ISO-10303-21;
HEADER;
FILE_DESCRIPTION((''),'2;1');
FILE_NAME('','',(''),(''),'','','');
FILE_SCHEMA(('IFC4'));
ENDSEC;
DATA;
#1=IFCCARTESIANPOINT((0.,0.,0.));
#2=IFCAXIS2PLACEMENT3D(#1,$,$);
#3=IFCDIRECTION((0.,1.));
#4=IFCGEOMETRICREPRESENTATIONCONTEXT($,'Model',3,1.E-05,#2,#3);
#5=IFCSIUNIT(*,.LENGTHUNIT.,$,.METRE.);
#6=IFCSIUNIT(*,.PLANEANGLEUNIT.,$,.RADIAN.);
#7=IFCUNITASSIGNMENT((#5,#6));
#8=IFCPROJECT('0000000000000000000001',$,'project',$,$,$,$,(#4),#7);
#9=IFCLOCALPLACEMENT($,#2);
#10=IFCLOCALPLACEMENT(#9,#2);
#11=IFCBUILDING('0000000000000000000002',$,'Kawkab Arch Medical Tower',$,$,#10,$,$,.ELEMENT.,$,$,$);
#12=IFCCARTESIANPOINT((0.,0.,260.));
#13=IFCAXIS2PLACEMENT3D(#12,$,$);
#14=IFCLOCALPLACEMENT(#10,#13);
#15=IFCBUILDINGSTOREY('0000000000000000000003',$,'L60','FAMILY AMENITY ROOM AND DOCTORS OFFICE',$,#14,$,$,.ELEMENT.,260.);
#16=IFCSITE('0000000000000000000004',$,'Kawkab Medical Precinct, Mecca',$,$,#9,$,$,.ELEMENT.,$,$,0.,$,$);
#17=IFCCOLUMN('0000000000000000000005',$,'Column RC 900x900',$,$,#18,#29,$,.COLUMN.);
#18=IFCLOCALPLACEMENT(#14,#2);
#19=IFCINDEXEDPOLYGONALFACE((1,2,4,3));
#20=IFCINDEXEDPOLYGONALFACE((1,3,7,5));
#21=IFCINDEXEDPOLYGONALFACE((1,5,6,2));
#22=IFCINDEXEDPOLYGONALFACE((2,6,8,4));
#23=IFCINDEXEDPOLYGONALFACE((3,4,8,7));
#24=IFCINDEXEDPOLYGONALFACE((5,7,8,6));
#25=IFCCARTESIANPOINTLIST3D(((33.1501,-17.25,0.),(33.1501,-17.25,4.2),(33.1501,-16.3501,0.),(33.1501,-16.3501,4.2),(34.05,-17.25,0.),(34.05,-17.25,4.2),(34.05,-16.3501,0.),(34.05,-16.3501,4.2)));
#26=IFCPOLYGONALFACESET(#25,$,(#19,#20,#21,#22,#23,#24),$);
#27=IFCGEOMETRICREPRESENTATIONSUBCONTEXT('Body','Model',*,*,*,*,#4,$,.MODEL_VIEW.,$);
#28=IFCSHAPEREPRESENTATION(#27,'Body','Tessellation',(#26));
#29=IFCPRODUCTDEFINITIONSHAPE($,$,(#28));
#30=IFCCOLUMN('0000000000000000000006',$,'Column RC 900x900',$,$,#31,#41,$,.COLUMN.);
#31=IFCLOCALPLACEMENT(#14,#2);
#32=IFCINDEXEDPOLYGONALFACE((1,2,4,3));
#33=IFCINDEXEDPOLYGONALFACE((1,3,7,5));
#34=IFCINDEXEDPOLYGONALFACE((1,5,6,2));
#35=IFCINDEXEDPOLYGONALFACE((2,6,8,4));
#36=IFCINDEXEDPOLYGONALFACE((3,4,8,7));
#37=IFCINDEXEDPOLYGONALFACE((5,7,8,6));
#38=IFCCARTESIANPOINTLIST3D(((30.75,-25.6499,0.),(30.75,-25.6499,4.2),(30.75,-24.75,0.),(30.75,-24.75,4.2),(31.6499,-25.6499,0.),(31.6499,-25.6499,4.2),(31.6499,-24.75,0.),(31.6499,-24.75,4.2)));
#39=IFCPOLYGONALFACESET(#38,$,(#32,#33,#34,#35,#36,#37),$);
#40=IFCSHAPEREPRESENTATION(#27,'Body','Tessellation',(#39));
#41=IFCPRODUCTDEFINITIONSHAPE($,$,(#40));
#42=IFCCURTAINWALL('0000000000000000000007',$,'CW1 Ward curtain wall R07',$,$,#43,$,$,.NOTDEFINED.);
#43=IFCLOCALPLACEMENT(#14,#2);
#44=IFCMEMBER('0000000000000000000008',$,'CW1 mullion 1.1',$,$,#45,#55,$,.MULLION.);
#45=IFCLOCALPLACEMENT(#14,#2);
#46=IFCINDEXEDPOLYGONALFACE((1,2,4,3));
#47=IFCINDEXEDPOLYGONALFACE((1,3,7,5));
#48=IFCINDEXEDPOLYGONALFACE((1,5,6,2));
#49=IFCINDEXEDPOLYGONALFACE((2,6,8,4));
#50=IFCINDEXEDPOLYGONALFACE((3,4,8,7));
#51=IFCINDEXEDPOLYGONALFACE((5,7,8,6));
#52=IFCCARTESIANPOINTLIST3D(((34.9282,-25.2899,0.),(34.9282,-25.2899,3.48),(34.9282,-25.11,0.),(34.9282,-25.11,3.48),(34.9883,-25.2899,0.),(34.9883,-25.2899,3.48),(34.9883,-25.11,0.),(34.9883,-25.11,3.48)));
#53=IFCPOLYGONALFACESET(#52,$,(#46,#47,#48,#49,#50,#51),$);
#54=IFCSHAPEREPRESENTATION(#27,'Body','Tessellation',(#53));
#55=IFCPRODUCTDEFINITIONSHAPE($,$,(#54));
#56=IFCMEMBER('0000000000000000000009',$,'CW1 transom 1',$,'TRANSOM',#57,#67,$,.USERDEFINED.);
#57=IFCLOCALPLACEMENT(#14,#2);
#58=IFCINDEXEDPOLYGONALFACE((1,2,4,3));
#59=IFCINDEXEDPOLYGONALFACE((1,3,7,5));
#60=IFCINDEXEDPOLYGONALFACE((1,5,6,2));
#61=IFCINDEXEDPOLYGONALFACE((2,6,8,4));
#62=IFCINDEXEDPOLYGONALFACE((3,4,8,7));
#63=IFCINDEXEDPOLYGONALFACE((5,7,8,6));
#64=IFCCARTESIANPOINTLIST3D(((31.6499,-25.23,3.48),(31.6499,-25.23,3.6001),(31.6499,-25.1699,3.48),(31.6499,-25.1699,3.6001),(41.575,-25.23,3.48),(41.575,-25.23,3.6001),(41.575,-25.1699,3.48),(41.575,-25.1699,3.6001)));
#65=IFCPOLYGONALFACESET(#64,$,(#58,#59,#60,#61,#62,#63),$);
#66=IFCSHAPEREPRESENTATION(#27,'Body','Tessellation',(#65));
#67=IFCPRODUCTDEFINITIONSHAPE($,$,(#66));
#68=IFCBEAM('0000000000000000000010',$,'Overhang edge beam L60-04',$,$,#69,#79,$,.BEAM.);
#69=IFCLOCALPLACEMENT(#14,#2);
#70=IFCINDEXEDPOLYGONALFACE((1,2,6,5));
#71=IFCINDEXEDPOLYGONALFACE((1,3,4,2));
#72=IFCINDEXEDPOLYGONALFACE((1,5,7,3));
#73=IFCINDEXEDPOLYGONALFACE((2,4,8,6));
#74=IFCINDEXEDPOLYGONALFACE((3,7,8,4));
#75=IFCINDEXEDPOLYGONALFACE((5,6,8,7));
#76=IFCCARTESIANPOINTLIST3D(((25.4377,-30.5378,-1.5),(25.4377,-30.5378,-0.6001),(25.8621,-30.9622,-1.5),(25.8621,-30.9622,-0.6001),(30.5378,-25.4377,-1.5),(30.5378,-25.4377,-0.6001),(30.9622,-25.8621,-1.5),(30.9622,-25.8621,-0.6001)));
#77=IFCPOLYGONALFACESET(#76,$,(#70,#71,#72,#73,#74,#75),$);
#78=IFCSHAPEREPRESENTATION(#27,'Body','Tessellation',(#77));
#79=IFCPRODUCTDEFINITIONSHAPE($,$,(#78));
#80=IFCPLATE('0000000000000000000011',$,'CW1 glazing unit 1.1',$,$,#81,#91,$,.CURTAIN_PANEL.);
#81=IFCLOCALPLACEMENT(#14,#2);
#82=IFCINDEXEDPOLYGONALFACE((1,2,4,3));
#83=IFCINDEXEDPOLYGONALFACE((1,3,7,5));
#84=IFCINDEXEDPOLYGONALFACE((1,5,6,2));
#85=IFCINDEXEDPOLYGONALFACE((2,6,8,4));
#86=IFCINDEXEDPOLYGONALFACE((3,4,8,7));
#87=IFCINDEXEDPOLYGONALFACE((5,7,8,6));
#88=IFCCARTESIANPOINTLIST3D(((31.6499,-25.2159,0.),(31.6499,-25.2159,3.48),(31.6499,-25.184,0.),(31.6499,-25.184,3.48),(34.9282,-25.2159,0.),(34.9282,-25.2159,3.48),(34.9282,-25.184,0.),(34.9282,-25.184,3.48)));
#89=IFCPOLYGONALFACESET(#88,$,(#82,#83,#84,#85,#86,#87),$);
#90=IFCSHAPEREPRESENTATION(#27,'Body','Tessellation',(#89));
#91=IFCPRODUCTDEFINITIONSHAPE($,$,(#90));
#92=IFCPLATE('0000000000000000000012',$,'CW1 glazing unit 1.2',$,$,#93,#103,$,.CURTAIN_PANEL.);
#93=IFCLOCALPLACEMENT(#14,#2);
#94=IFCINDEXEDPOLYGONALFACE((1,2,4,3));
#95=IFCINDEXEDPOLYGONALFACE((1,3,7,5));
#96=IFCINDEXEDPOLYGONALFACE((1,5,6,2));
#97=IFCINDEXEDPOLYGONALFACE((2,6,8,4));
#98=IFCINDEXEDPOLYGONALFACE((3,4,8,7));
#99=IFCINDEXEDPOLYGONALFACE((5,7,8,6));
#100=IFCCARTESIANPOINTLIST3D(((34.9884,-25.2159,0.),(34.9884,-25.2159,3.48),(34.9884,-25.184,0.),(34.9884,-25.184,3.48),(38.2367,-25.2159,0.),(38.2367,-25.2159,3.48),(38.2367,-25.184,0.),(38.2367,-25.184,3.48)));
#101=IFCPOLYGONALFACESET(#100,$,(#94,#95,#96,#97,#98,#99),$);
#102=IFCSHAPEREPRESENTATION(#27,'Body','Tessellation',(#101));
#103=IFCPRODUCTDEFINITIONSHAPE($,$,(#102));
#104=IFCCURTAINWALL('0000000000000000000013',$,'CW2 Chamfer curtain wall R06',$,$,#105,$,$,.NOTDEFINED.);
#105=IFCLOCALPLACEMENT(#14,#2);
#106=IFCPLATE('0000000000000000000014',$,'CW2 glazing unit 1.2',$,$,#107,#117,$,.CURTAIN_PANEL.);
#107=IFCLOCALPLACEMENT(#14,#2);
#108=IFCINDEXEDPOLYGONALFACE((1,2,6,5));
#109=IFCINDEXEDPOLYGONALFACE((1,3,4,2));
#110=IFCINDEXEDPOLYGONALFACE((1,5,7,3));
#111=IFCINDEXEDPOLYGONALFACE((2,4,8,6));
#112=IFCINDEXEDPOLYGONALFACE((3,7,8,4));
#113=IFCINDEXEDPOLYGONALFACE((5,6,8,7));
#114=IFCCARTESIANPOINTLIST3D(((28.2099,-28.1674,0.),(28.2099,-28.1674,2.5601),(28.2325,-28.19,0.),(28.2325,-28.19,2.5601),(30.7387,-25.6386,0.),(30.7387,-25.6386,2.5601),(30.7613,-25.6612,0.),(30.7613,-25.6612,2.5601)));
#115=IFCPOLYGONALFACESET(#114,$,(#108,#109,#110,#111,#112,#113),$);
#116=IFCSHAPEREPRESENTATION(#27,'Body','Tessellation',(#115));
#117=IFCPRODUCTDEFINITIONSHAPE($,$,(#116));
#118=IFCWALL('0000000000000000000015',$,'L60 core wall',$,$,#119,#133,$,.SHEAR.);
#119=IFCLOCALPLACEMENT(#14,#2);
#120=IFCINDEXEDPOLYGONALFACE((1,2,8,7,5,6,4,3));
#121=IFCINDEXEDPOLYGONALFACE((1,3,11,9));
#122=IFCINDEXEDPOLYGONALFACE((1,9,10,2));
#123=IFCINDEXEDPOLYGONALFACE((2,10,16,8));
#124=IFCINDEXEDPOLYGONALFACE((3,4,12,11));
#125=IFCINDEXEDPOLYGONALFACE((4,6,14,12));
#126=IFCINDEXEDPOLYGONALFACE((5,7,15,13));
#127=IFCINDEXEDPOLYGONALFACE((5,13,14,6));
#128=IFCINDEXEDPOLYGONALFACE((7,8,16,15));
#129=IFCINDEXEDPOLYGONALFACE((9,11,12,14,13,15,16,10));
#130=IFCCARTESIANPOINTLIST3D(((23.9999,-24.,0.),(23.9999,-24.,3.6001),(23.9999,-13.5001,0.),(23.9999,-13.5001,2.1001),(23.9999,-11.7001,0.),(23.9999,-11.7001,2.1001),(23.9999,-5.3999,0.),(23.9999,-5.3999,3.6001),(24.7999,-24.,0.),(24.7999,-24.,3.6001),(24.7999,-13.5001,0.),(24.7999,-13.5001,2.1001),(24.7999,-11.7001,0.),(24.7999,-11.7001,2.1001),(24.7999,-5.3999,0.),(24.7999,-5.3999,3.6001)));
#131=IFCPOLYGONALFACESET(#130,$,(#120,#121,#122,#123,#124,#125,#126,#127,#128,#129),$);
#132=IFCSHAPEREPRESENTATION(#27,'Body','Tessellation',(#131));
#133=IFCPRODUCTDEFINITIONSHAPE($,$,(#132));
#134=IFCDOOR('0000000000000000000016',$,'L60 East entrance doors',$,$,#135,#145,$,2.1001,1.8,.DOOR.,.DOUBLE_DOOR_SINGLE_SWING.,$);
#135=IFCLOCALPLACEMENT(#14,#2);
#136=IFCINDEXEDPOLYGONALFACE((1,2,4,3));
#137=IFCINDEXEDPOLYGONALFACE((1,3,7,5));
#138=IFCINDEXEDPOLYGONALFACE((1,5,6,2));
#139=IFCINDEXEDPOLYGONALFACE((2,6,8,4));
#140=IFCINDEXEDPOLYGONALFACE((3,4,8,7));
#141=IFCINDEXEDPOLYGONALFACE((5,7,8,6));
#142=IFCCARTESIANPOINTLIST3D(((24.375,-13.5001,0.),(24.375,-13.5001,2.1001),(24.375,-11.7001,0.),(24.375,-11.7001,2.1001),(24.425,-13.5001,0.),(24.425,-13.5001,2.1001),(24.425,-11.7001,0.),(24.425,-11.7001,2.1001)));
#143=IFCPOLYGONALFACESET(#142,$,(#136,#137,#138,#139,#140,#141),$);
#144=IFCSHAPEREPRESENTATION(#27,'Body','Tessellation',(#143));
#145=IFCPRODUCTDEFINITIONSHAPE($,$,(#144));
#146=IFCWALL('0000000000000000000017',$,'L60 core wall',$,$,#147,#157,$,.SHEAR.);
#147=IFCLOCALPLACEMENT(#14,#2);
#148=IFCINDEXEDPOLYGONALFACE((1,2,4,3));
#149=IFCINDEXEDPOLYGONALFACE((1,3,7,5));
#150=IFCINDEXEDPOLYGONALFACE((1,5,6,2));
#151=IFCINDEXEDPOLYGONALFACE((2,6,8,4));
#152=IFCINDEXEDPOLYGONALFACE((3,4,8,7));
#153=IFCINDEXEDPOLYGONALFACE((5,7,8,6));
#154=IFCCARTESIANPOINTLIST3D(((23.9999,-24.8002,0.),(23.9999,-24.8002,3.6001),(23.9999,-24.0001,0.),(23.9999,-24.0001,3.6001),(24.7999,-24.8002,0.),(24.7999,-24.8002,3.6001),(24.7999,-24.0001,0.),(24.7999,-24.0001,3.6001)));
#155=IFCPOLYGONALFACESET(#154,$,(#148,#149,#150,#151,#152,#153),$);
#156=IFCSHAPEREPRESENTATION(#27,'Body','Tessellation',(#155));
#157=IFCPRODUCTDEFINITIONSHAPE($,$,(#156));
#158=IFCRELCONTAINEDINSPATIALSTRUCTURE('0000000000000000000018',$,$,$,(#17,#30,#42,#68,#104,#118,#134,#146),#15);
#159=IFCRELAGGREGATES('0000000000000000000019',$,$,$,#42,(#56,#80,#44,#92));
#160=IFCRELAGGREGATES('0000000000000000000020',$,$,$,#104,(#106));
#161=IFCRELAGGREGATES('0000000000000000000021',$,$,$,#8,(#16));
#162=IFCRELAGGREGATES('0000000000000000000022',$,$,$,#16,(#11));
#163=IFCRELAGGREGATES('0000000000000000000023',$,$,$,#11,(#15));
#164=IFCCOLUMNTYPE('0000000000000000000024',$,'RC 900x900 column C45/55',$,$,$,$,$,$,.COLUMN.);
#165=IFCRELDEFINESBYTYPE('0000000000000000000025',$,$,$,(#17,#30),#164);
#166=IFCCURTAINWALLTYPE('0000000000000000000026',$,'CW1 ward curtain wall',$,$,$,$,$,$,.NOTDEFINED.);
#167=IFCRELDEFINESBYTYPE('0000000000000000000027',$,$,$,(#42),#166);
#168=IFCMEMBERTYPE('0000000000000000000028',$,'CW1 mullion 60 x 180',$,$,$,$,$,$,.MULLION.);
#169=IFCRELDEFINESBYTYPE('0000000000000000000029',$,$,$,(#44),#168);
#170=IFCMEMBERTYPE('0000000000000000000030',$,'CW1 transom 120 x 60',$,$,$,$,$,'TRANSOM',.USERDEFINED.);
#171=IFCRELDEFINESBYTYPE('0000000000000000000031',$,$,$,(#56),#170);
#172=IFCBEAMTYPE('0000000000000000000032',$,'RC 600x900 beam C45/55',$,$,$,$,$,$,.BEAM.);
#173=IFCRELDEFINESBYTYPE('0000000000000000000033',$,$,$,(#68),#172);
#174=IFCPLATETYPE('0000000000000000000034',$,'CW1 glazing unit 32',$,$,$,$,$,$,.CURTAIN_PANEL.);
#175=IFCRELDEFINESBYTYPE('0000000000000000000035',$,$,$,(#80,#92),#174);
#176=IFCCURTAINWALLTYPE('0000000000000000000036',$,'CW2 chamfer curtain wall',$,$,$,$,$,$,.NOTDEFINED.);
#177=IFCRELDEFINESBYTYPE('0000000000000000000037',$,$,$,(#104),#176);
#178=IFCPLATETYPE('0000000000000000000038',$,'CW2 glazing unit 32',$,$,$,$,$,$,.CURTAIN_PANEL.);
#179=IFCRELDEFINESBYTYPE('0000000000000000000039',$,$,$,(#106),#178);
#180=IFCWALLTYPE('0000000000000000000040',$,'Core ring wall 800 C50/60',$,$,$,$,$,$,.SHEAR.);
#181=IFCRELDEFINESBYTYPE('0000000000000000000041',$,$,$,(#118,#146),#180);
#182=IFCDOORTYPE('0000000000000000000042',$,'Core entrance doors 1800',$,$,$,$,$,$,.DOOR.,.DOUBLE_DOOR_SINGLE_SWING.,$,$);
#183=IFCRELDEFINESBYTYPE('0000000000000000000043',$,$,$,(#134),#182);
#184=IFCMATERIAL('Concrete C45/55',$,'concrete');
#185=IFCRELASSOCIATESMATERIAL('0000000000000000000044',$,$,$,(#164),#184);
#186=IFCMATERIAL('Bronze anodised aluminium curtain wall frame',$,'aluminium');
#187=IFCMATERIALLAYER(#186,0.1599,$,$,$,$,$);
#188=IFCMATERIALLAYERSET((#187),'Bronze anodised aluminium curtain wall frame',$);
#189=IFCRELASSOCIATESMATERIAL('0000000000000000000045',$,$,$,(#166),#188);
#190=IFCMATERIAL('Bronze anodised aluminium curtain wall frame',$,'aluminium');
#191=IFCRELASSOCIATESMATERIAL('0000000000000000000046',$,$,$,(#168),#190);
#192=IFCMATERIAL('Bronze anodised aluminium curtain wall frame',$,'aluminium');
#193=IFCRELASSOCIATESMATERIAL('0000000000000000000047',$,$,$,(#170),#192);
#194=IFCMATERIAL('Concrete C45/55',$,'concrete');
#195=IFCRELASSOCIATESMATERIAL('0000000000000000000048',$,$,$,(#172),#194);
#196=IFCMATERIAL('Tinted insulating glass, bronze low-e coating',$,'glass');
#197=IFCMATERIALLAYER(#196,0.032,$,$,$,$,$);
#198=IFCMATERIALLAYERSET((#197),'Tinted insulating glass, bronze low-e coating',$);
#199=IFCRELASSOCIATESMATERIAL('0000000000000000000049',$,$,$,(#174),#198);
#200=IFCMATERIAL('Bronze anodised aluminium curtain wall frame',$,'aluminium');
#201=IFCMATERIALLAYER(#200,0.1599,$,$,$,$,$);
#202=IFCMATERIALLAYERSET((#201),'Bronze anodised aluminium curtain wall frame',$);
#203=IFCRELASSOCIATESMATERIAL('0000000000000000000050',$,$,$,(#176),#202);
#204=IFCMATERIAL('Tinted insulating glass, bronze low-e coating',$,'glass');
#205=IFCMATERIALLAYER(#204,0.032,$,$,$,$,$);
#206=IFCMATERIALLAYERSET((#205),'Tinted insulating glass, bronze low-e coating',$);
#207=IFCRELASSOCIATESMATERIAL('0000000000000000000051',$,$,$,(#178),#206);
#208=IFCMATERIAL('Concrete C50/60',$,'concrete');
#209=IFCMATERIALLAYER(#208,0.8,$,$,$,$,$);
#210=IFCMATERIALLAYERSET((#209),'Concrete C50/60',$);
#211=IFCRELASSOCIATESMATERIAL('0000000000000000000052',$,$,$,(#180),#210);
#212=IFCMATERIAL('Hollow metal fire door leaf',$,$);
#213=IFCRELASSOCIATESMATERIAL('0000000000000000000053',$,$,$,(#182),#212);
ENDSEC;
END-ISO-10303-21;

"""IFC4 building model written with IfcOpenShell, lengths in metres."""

from ifc_helpers import new_model, si_unit, direction, frame, frame_2d, origin, origin_2d, place, context, subcontext, project, spatial, rectangle, extrude, material, layer, layer_set, material_profile, profile_set, type_object, element, fill, aggregate, save


model = new_model("IFC4")

# Units and contexts
model_context = context("Model", 3, precision=1e-05, world=origin(), true_north=direction((0.0, 1.0)))
body_context = subcontext(model_context, "Body", "Model", "MODEL_VIEW")
ifc_project = project(units=[si_unit("LENGTHUNIT", "METRE"), si_unit("PLANEANGLEUNIT", "RADIAN")], contexts=[model_context])

# Site, building, storey
site_placement = place(None, origin())
site = spatial("IfcSite", under=ifc_project, at=site_placement, Name="Kawkab Medical Precinct, Mecca", CompositionType="ELEMENT", RefElevation=0.0)
building_placement = place(site_placement, origin())
building = spatial("IfcBuilding", under=site, at=building_placement, Name="Kawkab Arch Medical Tower", CompositionType="ELEMENT")
storey_placement = place(building_placement, frame((0.0, 0.0, 260.0)))
storey = spatial("IfcBuildingStorey", under=building, at=storey_placement, Name="L60", Description="FAMILY AMENITY ROOM AND DOCTORS OFFICE", CompositionType="ELEMENT", Elevation=260.0)

# Columns
ifc_material_1 = material(Name="Concrete C45/55", Category="concrete")
ifc_material_profile_1 = material_profile(ifc_material_1, rectangle(XDim=0.8999, YDim=0.8999, at=origin_2d()), Name="RC 900x900")
ifc_profile_set_1 = profile_set([ifc_material_profile_1], Name="Concrete C45/55")
column_type = type_object("IfcColumnType", Name="RC 900x900 column C45/55", PredefinedType="COLUMN", material=ifc_profile_set_1)
for number, where, z_axis, x_axis, name in (
    (1, (33.6001, -16.8, 0.0), (0.0, 0.0, 1.0), (1.0, 0.0, 0.0), "Column RC 900x900"),
    (2, (31.2, -25.2, 0.0), (0.0, 0.0, 1.0), (1.0, 0.0, 0.0), "Column RC 900x900"),
):
    element("IfcColumn", number, at=place(storey_placement, frame(where, z_axis=z_axis, x_axis=x_axis)), inside=storey, type_object=column_type, Name=name, PredefinedType="COLUMN", context=body_context, shape_type="SweptSolid", body=[
        extrude(rectangle(XDim=0.8999, YDim=0.8999, at=origin_2d()), origin(), (0.0, 0.0, 1.0), 4.2),
    ])

# Curtain wall, members
ifc_material_2 = material(Name="Bronze anodised aluminium curtain wall frame", Category="aluminium")
ifc_layer_1 = layer(ifc_material_2, 0.1599)
ifc_layer_set_1 = layer_set([ifc_layer_1], Name="Bronze anodised aluminium curtain wall frame")
curtain_wall_type_1 = type_object("IfcCurtainWallType", Name="CW1 ward curtain wall", PredefinedType="NOTDEFINED", material=ifc_layer_set_1)
placement = place(storey_placement, origin())
curtain_wall_1 = element("IfcCurtainWall", 3, at=placement, inside=storey, type_object=curtain_wall_type_1, Name="CW1 Ward curtain wall R07", PredefinedType="NOTDEFINED")
ifc_material_3 = material(Name="Bronze anodised aluminium curtain wall frame", Category="aluminium")
ifc_material_profile_2 = material_profile(ifc_material_3, rectangle(XDim=0.1799, YDim=0.0601, at=origin_2d()), Name="AL 60x180")
ifc_profile_set_2 = profile_set([ifc_material_profile_2], Name="Bronze anodised aluminium curtain wall frame")
member_type_1 = type_object("IfcMemberType", Name="CW1 mullion 60 x 180", PredefinedType="MULLION", material=ifc_profile_set_2)
member_1_placement = place(storey_placement, frame((34.9583, -25.2, 0.0), z_axis=(0.0, 0.0, 1.0), x_axis=(0.0, 1.0, 0.0)))
member_1 = element("IfcMember", 4, at=member_1_placement, type_object=member_type_1, Name="CW1 mullion 1.1", PredefinedType="MULLION", context=body_context, shape_type="SweptSolid", body=[
    extrude(rectangle(XDim=0.1799, YDim=0.0601, at=origin_2d()), origin(), (0.0, 0.0, 1.0), 3.48),
])
ifc_material_4 = material(Name="Bronze anodised aluminium curtain wall frame", Category="aluminium")
ifc_material_profile_3 = material_profile(ifc_material_4, rectangle(XDim=0.0601, YDim=0.1201, at=origin_2d()), Name="AL 60x120")
ifc_profile_set_3 = profile_set([ifc_material_profile_3], Name="Bronze anodised aluminium curtain wall frame")
member_type_2 = type_object("IfcMemberType", Name="CW1 transom 120 x 60", ElementType="TRANSOM", PredefinedType="USERDEFINED", material=ifc_profile_set_3)
member_2_placement = place(storey_placement, frame((31.6499, -25.2, 3.54), z_axis=(1.0, 0.0, 0.0), x_axis=(0.0, 1.0, 0.0)))
member_2 = element("IfcMember", 5, at=member_2_placement, type_object=member_type_2, Name="CW1 transom 1", ObjectType="TRANSOM", PredefinedType="USERDEFINED", context=body_context, shape_type="SweptSolid", body=[
    extrude(rectangle(XDim=0.0601, YDim=0.1201, at=origin_2d()), origin(), (0.0, 0.0, 1.0), 9.925),
])

# Beam
ifc_material_5 = material(Name="Concrete C45/55", Category="concrete")
ifc_material_profile_4 = material_profile(ifc_material_5, rectangle(XDim=0.6001, YDim=0.8999, at=origin_2d()), Name="RC 600x900")
ifc_profile_set_4 = profile_set([ifc_material_profile_4], Name="Concrete C45/55")
beam_type = type_object("IfcBeamType", Name="RC 600x900 beam C45/55", PredefinedType="BEAM", material=ifc_profile_set_4)
beam_placement = place(storey_placement, frame((30.75, -25.6499, -1.05), z_axis=(-0.707107, -0.707107, 0.0), x_axis=(0.707107, -0.707107, 0.0)))
element("IfcBeam", 6, at=beam_placement, inside=storey, type_object=beam_type, Name="Overhang edge beam L60-04", PredefinedType="BEAM", context=body_context, shape_type="SweptSolid", body=[
    extrude(rectangle(XDim=0.6001, YDim=0.8999, at=origin_2d()), origin(), (0.0, 0.0, 1.0), 7.2126),
])

# Plates
ifc_material_6 = material(Name="Tinted insulating glass, bronze low-e coating", Category="glass")
ifc_layer_2 = layer(ifc_material_6, 0.032)
ifc_layer_set_2 = layer_set([ifc_layer_2], Name="Tinted insulating glass, bronze low-e coating")
plate_type_1 = type_object("IfcPlateType", Name="CW1 glazing unit 32", PredefinedType="CURTAIN_PANEL", material=ifc_layer_set_2)
plate_1_placement = place(storey_placement, frame((33.2891, -25.2, 0.0), z_axis=(0.0, 0.0, 1.0), x_axis=(1.0, 0.0, 0.0)))
plate_1 = element("IfcPlate", 7, at=plate_1_placement, type_object=plate_type_1, Name="CW1 glazing unit 1.1", PredefinedType="CURTAIN_PANEL", context=body_context, shape_type="SweptSolid", body=[
    extrude(rectangle(XDim=3.2783, YDim=0.032, at=origin_2d()), origin(), (0.0, 0.0, 1.0), 3.48),
])
plate_2_placement = place(storey_placement, frame((36.6125, -25.2, 0.0), z_axis=(0.0, 0.0, 1.0), x_axis=(1.0, 0.0, 0.0)))
plate_2 = element("IfcPlate", 8, at=plate_2_placement, type_object=plate_type_1, Name="CW1 glazing unit 1.2", PredefinedType="CURTAIN_PANEL", context=body_context, shape_type="SweptSolid", body=[
    extrude(rectangle(XDim=3.2483, YDim=0.032, at=origin_2d()), origin(), (0.0, 0.0, 1.0), 3.48),
])
aggregate(curtain_wall_1, [member_2, plate_1, member_1, plate_2])

# Curtain wall, plate
ifc_material_7 = material(Name="Bronze anodised aluminium curtain wall frame", Category="aluminium")
ifc_layer_3 = layer(ifc_material_7, 0.1599)
ifc_layer_set_3 = layer_set([ifc_layer_3], Name="Bronze anodised aluminium curtain wall frame")
curtain_wall_type_2 = type_object("IfcCurtainWallType", Name="CW2 chamfer curtain wall", PredefinedType="NOTDEFINED", material=ifc_layer_set_3)
curtain_wall_2 = element("IfcCurtainWall", 9, at=placement, inside=storey, type_object=curtain_wall_type_2, Name="CW2 Chamfer curtain wall R06", PredefinedType="NOTDEFINED")
ifc_material_8 = material(Name="Tinted insulating glass, bronze low-e coating", Category="glass")
ifc_layer_4 = layer(ifc_material_8, 0.032)
ifc_layer_set_4 = layer_set([ifc_layer_4], Name="Tinted insulating glass, bronze low-e coating")
plate_type_2 = type_object("IfcPlateType", Name="CW2 glazing unit 32", PredefinedType="CURTAIN_PANEL", material=ifc_layer_set_4)
plate_3_placement = place(storey_placement, frame((29.4856, -26.9143, 0.0), z_axis=(0.0, 0.0, 1.0), x_axis=(0.707107, 0.707107, 0.0)))
plate_3 = element("IfcPlate", 10, at=plate_3_placement, type_object=plate_type_2, Name="CW2 glazing unit 1.2", PredefinedType="CURTAIN_PANEL", context=body_context, shape_type="SweptSolid", body=[
    extrude(rectangle(XDim=3.5762, YDim=0.032, at=origin_2d()), origin(), (0.0, 0.0, 1.0), 2.5601),
])
aggregate(curtain_wall_2, [plate_3])

# Wall, opening, door
ifc_material_9 = material(Name="Concrete C50/60", Category="concrete")
ifc_layer_5 = layer(ifc_material_9, 0.8)
ifc_layer_set_5 = layer_set([ifc_layer_5], Name="Concrete C50/60")
wall_type_1 = type_object("IfcWallType", Name="Core ring wall 800 C50/60", PredefinedType="SHEAR", material=ifc_layer_set_5)
wall_1_placement = place(storey_placement, frame((24.3999, -24.0, 0.0), z_axis=(0.0, 0.0, 1.0), x_axis=(0.0, 1.0, 0.0)))
wall_1 = element("IfcWall", 11, at=wall_1_placement, inside=storey, type_object=wall_type_1, Name="L60 core wall", PredefinedType="SHEAR", context=body_context, shape_type="SweptSolid", body=[
    extrude(rectangle(XDim=18.6001, YDim=0.8, at=frame_2d((9.3, 0.0))), origin(), (0.0, 0.0, 1.0), 3.6001),
])
opening_1_placement = place(wall_1_placement, frame((10.5, 0.0, 0.0)))
opening_1 = element("IfcOpeningElement", 12, at=opening_1_placement, cuts=wall_1, PredefinedType="OPENING", context=body_context, shape_type="SweptSolid", body=[
    extrude(rectangle(XDim=1.8, YDim=2.1001, at=frame_2d((0.8999, 1.05))), frame((0.0, 0.4099, 0.0), z_axis=(0.0, -1.0, 0.0), x_axis=(1.0, 0.0, 0.0)), (0.0, 0.0, 1.0), 0.8201),
])
ifc_material_10 = material(Name="Hollow metal fire door leaf")
door_type_1 = type_object("IfcDoorType", Name="Core entrance doors 1800", OperationType="DOUBLE_DOOR_SINGLE_SWING", PredefinedType="DOOR", material=ifc_material_10)
door_1_placement = place(opening_1_placement, origin())
door_1 = element("IfcDoor", 13, at=door_1_placement, inside=storey, type_object=door_type_1, Name="L60 East entrance doors", OperationType="DOUBLE_DOOR_SINGLE_SWING", OverallHeight=2.1001, OverallWidth=1.8, PredefinedType="DOOR", context=body_context, shape_type="SweptSolid", body=[
    extrude(rectangle(XDim=1.8, YDim=2.1001, at=frame_2d((0.8999, 1.05))), frame((0.0, 0.0249, 0.0), z_axis=(0.0, -1.0, 0.0), x_axis=(1.0, 0.0, 0.0)), (0.0, 0.0, 1.0), 0.05),
])
fill(opening_1, door_1)

# Wall
wall_2_placement = place(storey_placement, frame((24.3999, -24.8, 0.0), z_axis=(0.0, 0.0, 1.0), x_axis=(0.0, 1.0, 0.0)))
element("IfcWall", 14, at=wall_2_placement, inside=storey, type_object=wall_type_1, Name="L60 core wall", PredefinedType="SHEAR", context=body_context, shape_type="SweptSolid", body=[
    extrude(rectangle(XDim=0.8, YDim=0.8, at=frame_2d((0.3999, 0.0))), origin(), (0.0, 0.0, 1.0), 3.6001),
])

save(model, "model.ifc")
